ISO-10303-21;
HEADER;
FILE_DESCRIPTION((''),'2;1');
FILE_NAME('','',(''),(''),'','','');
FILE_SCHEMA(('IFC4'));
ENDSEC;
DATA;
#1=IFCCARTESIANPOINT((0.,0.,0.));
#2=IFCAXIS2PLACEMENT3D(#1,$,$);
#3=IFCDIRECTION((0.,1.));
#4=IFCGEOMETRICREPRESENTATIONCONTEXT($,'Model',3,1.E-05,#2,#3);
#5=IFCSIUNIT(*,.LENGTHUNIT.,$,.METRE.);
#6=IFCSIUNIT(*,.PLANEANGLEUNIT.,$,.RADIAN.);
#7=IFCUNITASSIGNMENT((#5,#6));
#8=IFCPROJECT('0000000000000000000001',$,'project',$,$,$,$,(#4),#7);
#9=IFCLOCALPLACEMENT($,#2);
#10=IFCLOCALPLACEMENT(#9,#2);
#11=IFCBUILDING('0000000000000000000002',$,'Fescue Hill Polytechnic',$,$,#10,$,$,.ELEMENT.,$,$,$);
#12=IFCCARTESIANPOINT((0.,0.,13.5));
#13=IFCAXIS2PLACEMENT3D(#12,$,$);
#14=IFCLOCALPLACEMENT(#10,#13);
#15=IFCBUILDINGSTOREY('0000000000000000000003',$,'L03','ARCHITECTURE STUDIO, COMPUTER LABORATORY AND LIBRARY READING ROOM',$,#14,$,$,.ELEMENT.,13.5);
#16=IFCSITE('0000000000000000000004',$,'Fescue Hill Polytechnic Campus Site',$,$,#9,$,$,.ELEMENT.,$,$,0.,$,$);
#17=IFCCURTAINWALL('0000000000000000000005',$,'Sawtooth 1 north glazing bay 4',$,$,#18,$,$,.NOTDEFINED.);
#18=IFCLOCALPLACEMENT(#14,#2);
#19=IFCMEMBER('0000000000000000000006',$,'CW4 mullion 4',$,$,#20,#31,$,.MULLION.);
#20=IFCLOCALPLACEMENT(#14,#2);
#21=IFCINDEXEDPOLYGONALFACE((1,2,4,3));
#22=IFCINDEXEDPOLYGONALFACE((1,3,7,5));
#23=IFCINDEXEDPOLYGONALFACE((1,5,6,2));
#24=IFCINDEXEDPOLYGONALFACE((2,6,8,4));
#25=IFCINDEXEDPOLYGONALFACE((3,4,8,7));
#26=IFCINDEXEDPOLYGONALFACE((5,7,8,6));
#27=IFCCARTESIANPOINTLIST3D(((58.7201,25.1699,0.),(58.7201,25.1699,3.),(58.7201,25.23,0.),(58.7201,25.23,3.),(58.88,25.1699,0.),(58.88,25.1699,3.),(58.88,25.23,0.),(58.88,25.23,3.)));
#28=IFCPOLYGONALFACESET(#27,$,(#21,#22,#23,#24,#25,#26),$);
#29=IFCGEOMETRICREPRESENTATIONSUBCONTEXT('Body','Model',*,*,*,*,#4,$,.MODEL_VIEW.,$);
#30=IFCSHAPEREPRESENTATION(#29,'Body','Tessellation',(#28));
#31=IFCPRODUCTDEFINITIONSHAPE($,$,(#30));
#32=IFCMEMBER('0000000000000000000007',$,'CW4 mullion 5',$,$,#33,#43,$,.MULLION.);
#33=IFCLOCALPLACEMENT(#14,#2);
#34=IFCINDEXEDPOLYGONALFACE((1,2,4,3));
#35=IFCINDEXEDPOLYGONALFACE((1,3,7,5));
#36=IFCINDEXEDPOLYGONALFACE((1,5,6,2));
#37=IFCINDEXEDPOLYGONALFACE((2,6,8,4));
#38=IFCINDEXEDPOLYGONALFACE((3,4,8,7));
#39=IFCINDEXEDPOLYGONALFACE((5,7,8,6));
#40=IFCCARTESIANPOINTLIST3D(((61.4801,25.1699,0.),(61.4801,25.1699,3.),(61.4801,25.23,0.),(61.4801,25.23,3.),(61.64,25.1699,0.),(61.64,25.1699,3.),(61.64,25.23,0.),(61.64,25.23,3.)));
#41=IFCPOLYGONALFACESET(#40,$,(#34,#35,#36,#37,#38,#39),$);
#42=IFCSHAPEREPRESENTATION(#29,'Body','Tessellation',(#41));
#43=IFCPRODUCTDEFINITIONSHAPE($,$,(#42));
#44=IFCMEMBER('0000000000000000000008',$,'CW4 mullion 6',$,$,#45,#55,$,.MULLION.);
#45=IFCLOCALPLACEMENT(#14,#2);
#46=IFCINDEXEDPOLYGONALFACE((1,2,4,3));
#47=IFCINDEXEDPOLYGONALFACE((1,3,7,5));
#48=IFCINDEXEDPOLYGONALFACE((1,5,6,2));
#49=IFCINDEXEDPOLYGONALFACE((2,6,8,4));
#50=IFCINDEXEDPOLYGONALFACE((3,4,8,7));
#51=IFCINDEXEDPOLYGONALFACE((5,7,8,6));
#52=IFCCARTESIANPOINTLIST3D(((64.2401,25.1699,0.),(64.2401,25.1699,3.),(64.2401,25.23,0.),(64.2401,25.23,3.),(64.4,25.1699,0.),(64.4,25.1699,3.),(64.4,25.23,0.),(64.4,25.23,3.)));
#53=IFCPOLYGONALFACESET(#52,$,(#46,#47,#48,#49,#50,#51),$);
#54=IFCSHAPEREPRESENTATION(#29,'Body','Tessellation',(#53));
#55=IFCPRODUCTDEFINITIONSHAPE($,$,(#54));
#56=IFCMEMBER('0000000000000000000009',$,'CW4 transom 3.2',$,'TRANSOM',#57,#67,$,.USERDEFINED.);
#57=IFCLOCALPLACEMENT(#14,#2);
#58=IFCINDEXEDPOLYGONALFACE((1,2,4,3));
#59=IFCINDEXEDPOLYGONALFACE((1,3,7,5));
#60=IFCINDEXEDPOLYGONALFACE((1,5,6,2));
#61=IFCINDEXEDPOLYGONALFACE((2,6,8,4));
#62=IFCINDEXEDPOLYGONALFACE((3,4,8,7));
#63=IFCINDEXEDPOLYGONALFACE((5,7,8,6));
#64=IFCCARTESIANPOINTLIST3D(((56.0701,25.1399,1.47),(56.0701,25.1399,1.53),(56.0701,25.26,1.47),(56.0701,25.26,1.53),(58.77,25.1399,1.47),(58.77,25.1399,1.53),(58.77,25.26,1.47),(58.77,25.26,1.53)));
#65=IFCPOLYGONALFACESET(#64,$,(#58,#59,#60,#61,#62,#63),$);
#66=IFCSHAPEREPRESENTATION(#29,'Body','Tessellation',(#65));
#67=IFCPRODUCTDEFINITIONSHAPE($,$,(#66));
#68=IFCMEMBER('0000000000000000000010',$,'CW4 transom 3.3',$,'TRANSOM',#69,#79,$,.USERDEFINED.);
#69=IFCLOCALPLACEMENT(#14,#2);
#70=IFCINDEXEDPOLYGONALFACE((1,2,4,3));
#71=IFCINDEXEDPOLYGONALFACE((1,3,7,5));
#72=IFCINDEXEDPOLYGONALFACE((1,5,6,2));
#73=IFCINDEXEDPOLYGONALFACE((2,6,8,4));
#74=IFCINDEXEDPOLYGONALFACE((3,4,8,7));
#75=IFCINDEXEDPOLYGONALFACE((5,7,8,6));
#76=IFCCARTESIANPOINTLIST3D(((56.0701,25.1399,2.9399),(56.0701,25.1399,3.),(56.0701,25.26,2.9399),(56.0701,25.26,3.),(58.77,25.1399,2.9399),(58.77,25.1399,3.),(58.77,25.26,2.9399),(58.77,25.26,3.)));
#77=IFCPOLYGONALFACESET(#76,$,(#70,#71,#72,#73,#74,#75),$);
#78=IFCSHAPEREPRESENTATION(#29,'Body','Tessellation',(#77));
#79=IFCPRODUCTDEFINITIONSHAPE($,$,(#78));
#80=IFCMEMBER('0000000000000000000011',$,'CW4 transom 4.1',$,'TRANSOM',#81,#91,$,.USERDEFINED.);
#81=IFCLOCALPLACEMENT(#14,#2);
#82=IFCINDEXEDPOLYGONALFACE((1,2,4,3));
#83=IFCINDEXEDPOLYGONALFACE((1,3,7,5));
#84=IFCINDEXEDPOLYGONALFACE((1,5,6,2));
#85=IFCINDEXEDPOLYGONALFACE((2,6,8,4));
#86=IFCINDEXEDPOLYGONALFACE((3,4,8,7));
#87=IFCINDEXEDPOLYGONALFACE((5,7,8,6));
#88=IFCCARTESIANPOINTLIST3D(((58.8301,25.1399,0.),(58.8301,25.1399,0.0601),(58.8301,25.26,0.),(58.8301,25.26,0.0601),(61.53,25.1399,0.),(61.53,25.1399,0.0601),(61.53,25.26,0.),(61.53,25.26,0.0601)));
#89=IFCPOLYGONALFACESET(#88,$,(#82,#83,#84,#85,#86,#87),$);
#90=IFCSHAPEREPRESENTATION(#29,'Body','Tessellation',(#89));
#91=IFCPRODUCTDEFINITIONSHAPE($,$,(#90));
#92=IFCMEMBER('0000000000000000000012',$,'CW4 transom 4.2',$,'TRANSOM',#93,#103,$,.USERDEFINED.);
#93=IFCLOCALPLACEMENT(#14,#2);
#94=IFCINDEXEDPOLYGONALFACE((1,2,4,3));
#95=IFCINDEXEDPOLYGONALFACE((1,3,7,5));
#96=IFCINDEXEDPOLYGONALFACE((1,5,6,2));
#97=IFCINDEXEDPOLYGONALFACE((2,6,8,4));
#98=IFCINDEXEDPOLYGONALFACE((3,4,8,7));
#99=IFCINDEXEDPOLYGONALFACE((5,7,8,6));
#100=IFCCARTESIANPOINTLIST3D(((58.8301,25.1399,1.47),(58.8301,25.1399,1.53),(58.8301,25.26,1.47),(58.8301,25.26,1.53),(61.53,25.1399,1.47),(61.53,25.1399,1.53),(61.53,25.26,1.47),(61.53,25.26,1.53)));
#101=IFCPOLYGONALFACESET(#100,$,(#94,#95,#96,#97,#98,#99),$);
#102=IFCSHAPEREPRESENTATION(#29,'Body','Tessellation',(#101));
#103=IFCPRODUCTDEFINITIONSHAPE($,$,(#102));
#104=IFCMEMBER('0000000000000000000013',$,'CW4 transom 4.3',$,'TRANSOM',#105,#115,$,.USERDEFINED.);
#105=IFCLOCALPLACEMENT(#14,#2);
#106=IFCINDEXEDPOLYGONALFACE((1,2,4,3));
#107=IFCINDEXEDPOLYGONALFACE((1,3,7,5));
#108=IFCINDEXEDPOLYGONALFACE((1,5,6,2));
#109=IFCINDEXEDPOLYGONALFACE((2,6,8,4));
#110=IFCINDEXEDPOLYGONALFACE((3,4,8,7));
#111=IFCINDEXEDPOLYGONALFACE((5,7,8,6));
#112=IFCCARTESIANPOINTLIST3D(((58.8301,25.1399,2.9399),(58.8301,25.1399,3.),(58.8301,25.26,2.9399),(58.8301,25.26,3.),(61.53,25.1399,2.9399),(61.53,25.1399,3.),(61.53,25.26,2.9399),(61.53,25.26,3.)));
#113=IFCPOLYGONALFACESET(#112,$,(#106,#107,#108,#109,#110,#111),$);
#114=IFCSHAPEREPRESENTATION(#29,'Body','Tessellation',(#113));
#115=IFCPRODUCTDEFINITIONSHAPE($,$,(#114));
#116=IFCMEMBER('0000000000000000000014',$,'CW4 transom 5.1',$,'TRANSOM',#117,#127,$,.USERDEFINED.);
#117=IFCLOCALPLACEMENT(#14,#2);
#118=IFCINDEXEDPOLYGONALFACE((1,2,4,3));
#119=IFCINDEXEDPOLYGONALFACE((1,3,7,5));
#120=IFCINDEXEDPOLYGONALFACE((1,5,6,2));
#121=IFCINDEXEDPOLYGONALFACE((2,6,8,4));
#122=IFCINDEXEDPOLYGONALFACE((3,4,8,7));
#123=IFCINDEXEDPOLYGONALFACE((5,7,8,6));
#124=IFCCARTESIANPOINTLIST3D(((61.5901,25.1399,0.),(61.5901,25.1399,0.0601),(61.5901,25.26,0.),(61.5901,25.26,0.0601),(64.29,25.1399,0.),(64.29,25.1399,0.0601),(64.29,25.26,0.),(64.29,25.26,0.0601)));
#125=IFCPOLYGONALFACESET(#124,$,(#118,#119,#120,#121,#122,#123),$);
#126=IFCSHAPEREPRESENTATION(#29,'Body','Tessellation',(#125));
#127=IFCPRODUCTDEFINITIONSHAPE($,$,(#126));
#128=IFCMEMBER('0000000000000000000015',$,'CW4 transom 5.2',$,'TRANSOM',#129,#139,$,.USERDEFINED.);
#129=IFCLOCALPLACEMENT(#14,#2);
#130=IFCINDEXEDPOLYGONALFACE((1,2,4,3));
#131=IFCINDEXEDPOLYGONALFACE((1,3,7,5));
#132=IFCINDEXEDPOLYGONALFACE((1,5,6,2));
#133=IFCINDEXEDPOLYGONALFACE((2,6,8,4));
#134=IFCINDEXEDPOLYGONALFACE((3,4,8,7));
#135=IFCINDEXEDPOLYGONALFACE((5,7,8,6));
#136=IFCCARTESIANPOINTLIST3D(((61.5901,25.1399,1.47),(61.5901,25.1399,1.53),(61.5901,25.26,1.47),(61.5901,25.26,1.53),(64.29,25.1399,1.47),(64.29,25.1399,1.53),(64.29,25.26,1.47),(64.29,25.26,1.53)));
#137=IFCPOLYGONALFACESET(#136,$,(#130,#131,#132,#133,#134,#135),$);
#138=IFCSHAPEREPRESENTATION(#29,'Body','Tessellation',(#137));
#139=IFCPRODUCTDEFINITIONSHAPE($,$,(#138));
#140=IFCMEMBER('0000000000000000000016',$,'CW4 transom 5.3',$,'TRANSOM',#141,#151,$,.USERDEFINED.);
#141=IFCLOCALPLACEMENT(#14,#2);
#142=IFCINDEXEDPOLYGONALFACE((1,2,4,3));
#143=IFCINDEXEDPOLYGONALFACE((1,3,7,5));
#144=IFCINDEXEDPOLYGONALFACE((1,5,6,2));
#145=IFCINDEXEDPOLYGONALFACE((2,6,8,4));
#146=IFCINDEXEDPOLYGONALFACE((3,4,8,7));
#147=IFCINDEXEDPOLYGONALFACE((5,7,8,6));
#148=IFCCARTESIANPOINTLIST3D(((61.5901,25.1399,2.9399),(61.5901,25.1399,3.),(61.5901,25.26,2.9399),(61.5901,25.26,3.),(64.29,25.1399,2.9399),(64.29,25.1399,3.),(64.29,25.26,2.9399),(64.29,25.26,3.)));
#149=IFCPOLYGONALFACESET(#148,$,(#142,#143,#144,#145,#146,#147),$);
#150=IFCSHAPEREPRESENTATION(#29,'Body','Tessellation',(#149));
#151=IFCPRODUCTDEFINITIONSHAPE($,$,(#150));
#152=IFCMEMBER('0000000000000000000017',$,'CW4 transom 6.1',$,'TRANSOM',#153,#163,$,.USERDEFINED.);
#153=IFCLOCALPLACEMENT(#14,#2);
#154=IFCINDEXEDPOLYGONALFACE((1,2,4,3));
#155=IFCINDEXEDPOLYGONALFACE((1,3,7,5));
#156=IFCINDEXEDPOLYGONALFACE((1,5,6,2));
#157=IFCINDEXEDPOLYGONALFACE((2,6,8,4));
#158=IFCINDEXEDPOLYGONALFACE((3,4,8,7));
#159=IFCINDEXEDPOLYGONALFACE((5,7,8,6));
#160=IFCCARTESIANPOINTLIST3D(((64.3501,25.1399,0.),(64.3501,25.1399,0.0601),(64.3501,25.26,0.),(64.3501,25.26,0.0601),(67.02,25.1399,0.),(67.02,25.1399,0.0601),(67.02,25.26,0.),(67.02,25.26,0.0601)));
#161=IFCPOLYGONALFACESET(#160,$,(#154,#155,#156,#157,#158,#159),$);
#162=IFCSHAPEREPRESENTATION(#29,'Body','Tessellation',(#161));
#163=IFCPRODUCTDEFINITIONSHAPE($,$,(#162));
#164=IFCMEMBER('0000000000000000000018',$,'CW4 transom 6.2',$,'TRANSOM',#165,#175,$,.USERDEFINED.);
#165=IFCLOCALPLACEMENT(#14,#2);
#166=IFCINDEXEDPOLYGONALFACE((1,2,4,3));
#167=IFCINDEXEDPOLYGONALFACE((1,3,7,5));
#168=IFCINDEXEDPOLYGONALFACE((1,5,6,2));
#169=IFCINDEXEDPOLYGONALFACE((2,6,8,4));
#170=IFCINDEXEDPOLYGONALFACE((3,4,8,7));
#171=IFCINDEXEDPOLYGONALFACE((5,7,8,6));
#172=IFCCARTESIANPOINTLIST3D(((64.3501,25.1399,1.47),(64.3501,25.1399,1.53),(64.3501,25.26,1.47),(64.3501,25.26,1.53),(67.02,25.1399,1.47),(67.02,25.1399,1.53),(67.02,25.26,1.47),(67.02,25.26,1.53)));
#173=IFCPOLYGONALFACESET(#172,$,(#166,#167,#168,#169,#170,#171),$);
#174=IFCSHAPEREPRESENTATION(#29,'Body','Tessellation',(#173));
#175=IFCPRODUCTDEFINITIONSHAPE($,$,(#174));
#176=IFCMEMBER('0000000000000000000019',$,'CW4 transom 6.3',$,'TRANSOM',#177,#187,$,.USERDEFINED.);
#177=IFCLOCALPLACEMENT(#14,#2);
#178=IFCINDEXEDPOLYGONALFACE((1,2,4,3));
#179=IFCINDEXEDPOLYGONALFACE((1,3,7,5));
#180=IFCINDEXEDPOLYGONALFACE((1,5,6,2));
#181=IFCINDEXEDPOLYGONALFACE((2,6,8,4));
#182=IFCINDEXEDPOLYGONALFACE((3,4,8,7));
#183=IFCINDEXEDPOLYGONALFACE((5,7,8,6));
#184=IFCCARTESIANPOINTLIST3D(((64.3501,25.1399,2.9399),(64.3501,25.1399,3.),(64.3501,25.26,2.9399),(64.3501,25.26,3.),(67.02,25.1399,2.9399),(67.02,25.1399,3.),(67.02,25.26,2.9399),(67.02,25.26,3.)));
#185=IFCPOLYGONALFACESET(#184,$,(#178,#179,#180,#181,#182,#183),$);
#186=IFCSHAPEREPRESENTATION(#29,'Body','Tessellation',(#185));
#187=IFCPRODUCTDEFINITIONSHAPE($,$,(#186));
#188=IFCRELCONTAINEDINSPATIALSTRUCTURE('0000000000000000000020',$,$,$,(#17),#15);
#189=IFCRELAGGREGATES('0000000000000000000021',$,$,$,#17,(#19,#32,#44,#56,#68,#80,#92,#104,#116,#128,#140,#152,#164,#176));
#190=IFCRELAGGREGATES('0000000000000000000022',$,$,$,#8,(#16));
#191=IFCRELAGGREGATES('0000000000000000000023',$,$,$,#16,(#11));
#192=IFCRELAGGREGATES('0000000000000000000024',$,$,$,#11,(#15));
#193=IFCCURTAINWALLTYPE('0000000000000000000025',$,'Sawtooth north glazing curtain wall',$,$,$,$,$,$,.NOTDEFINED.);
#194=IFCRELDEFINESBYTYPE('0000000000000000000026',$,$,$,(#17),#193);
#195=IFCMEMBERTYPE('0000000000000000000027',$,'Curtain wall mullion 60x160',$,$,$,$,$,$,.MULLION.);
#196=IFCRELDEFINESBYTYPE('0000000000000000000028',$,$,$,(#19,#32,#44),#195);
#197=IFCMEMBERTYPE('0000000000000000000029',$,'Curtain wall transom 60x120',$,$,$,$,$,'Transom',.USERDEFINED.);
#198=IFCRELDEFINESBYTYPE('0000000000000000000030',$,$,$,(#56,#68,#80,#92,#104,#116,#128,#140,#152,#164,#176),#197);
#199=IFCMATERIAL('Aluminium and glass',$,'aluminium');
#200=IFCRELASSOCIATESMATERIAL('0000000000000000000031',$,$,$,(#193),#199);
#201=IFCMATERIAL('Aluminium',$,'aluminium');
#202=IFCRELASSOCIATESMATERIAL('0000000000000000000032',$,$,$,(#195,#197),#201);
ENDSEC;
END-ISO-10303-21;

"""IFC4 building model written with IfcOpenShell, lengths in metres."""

from ifc_helpers import new_model, si_unit, direction, frame, origin, origin_2d, place, context, subcontext, project, spatial, rectangle, extrude, material, material_profile, profile_set, type_object, element, aggregate, save


model = new_model("IFC4")

# Units and contexts
model_context = context("Model", 3, precision=1e-05, world=origin(), true_north=direction((0.0, 1.0)))
body_context = subcontext(model_context, "Body", "Model", "MODEL_VIEW")
ifc_project = project(units=[si_unit("LENGTHUNIT", "METRE"), si_unit("PLANEANGLEUNIT", "RADIAN")], contexts=[model_context])

# Site, building, storey
site_placement = place(None, origin())
site = spatial("IfcSite", under=ifc_project, at=site_placement, Name="Fescue Hill Polytechnic Campus Site", CompositionType="ELEMENT", RefElevation=0.0)
building_placement = place(site_placement, origin())
building = spatial("IfcBuilding", under=site, at=building_placement, Name="Fescue Hill Polytechnic", CompositionType="ELEMENT")
storey_placement = place(building_placement, frame((0.0, 0.0, 13.5)))
storey = spatial("IfcBuildingStorey", under=building, at=storey_placement, Name="L03", Description="ARCHITECTURE STUDIO, COMPUTER LABORATORY AND LIBRARY READING ROOM", CompositionType="ELEMENT", Elevation=13.5)

# Curtain wall, members
ifc_material_1 = material(Name="Aluminium and glass", Category="aluminium")
curtain_wall_type = type_object("IfcCurtainWallType", Name="Sawtooth north glazing curtain wall", PredefinedType="NOTDEFINED", material=ifc_material_1)
curtain_wall_placement = place(storey_placement, origin())
curtain_wall = element("IfcCurtainWall", 1, at=curtain_wall_placement, inside=storey, type_object=curtain_wall_type, Name="Sawtooth 1 north glazing bay 4", PredefinedType="NOTDEFINED")
ifc_material_2 = material(Name="Aluminium", Category="aluminium")
ifc_material_profile_1 = material_profile(ifc_material_2, rectangle(XDim=0.0601, YDim=0.1599, at=origin_2d()), Name="Curtain wall mullion 60x160")
ifc_profile_set_1 = profile_set([ifc_material_profile_1], Name="Aluminium")
member_type_1 = type_object("IfcMemberType", Name="Curtain wall mullion 60x160", PredefinedType="MULLION", material=ifc_profile_set_1)
member_1_placement = place(storey_placement, frame((58.8, 25.2, 0.0), z_axis=(0.0, 0.0, 1.0), x_axis=(0.0, 1.0, 0.0)))
member_1 = element("IfcMember", 2, at=member_1_placement, type_object=member_type_1, Name="CW4 mullion 4", PredefinedType="MULLION", context=body_context, shape_type="SweptSolid", body=[
    extrude(rectangle(XDim=0.0601, YDim=0.1599, at=origin_2d()), origin(), (0.0, 0.0, 1.0), 3.0),
])
member_2_placement = place(storey_placement, frame((61.5601, 25.2, 0.0), z_axis=(0.0, 0.0, 1.0), x_axis=(0.0, 1.0, 0.0)))
member_2 = element("IfcMember", 3, at=member_2_placement, type_object=member_type_1, Name="CW4 mullion 5", PredefinedType="MULLION", context=body_context, shape_type="SweptSolid", body=[
    extrude(rectangle(XDim=0.0601, YDim=0.1599, at=origin_2d()), origin(), (0.0, 0.0, 1.0), 3.0),
])
member_3_placement = place(storey_placement, frame((64.3201, 25.2, 0.0), z_axis=(0.0, 0.0, 1.0), x_axis=(0.0, 1.0, 0.0)))
member_3 = element("IfcMember", 4, at=member_3_placement, type_object=member_type_1, Name="CW4 mullion 6", PredefinedType="MULLION", context=body_context, shape_type="SweptSolid", body=[
    extrude(rectangle(XDim=0.0601, YDim=0.1599, at=origin_2d()), origin(), (0.0, 0.0, 1.0), 3.0),
])
ifc_material_profile_2 = material_profile(ifc_material_2, rectangle(XDim=0.1201, YDim=0.0601, at=origin_2d()), Name="Curtain wall transom 60x120")
ifc_profile_set_2 = profile_set([ifc_material_profile_2], Name="Aluminium")
member_type_2 = type_object("IfcMemberType", Name="Curtain wall transom 60x120", ElementType="Transom", PredefinedType="USERDEFINED", material=ifc_profile_set_2)
member_4_placement = place(storey_placement, frame((56.0701, 25.2, 1.5), z_axis=(1.0, 0.0, 0.0), x_axis=(0.0, 1.0, 0.0)))
member_4 = element("IfcMember", 5, at=member_4_placement, type_object=member_type_2, Name="CW4 transom 3.2", ObjectType="TRANSOM", PredefinedType="USERDEFINED", context=body_context, shape_type="SweptSolid", body=[
    extrude(rectangle(XDim=0.1201, YDim=0.0601, at=origin_2d()), origin(), (0.0, 0.0, 1.0), 2.7),
])
member_5_placement = place(storey_placement, frame((56.0701, 25.2, 2.97), z_axis=(1.0, 0.0, 0.0), x_axis=(0.0, 1.0, 0.0)))
member_5 = element("IfcMember", 6, at=member_5_placement, type_object=member_type_2, Name="CW4 transom 3.3", ObjectType="TRANSOM", PredefinedType="USERDEFINED", context=body_context, shape_type="SweptSolid", body=[
    extrude(rectangle(XDim=0.1201, YDim=0.0601, at=origin_2d()), origin(), (0.0, 0.0, 1.0), 2.7),
])
member_6_placement = place(storey_placement, frame((58.8301, 25.2, 0.03), z_axis=(1.0, 0.0, 0.0), x_axis=(0.0, 1.0, 0.0)))
member_6 = element("IfcMember", 7, at=member_6_placement, type_object=member_type_2, Name="CW4 transom 4.1", ObjectType="TRANSOM", PredefinedType="USERDEFINED", context=body_context, shape_type="SweptSolid", body=[
    extrude(rectangle(XDim=0.1201, YDim=0.0601, at=origin_2d()), origin(), (0.0, 0.0, 1.0), 2.7),
])
member_7_placement = place(storey_placement, frame((58.8301, 25.2, 1.5), z_axis=(1.0, 0.0, 0.0), x_axis=(0.0, 1.0, 0.0)))
member_7 = element("IfcMember", 8, at=member_7_placement, type_object=member_type_2, Name="CW4 transom 4.2", ObjectType="TRANSOM", PredefinedType="USERDEFINED", context=body_context, shape_type="SweptSolid", body=[
    extrude(rectangle(XDim=0.1201, YDim=0.0601, at=origin_2d()), origin(), (0.0, 0.0, 1.0), 2.7),
])
member_8_placement = place(storey_placement, frame((58.8301, 25.2, 2.97), z_axis=(1.0, 0.0, 0.0), x_axis=(0.0, 1.0, 0.0)))
member_8 = element("IfcMember", 9, at=member_8_placement, type_object=member_type_2, Name="CW4 transom 4.3", ObjectType="TRANSOM", PredefinedType="USERDEFINED", context=body_context, shape_type="SweptSolid", body=[
    extrude(rectangle(XDim=0.1201, YDim=0.0601, at=origin_2d()), origin(), (0.0, 0.0, 1.0), 2.7),
])
member_9_placement = place(storey_placement, frame((61.5901, 25.2, 0.03), z_axis=(1.0, 0.0, 0.0), x_axis=(0.0, 1.0, 0.0)))
member_9 = element("IfcMember", 10, at=member_9_placement, type_object=member_type_2, Name="CW4 transom 5.1", ObjectType="TRANSOM", PredefinedType="USERDEFINED", context=body_context, shape_type="SweptSolid", body=[
    extrude(rectangle(XDim=0.1201, YDim=0.0601, at=origin_2d()), origin(), (0.0, 0.0, 1.0), 2.7),
])
member_10_placement = place(storey_placement, frame((61.5901, 25.2, 1.5), z_axis=(1.0, 0.0, 0.0), x_axis=(0.0, 1.0, 0.0)))
member_10 = element("IfcMember", 11, at=member_10_placement, type_object=member_type_2, Name="CW4 transom 5.2", ObjectType="TRANSOM", PredefinedType="USERDEFINED", context=body_context, shape_type="SweptSolid", body=[
    extrude(rectangle(XDim=0.1201, YDim=0.0601, at=origin_2d()), origin(), (0.0, 0.0, 1.0), 2.7),
])
member_11_placement = place(storey_placement, frame((61.5901, 25.2, 2.97), z_axis=(1.0, 0.0, 0.0), x_axis=(0.0, 1.0, 0.0)))
member_11 = element("IfcMember", 12, at=member_11_placement, type_object=member_type_2, Name="CW4 transom 5.3", ObjectType="TRANSOM", PredefinedType="USERDEFINED", context=body_context, shape_type="SweptSolid", body=[
    extrude(rectangle(XDim=0.1201, YDim=0.0601, at=origin_2d()), origin(), (0.0, 0.0, 1.0), 2.7),
])
member_12_placement = place(storey_placement, frame((64.3501, 25.2, 0.03), z_axis=(1.0, 0.0, 0.0), x_axis=(0.0, 1.0, 0.0)))
member_12 = element("IfcMember", 13, at=member_12_placement, type_object=member_type_2, Name="CW4 transom 6.1", ObjectType="TRANSOM", PredefinedType="USERDEFINED", context=body_context, shape_type="SweptSolid", body=[
    extrude(rectangle(XDim=0.1201, YDim=0.0601, at=origin_2d()), origin(), (0.0, 0.0, 1.0), 2.6699),
])
member_13_placement = place(storey_placement, frame((64.3501, 25.2, 1.5), z_axis=(1.0, 0.0, 0.0), x_axis=(0.0, 1.0, 0.0)))
member_13 = element("IfcMember", 14, at=member_13_placement, type_object=member_type_2, Name="CW4 transom 6.2", ObjectType="TRANSOM", PredefinedType="USERDEFINED", context=body_context, shape_type="SweptSolid", body=[
    extrude(rectangle(XDim=0.1201, YDim=0.0601, at=origin_2d()), origin(), (0.0, 0.0, 1.0), 2.6699),
])
member_14_placement = place(storey_placement, frame((64.3501, 25.2, 2.97), z_axis=(1.0, 0.0, 0.0), x_axis=(0.0, 1.0, 0.0)))
member_14 = element("IfcMember", 15, at=member_14_placement, type_object=member_type_2, Name="CW4 transom 6.3", ObjectType="TRANSOM", PredefinedType="USERDEFINED", context=body_context, shape_type="SweptSolid", body=[
    extrude(rectangle(XDim=0.1201, YDim=0.0601, at=origin_2d()), origin(), (0.0, 0.0, 1.0), 2.6699),
])
aggregate(curtain_wall, [member_1, member_2, member_3, member_4, member_5, member_6, member_7, member_8, member_9, member_10, member_11, member_12, member_13, member_14])

save(model, "model.ifc")
